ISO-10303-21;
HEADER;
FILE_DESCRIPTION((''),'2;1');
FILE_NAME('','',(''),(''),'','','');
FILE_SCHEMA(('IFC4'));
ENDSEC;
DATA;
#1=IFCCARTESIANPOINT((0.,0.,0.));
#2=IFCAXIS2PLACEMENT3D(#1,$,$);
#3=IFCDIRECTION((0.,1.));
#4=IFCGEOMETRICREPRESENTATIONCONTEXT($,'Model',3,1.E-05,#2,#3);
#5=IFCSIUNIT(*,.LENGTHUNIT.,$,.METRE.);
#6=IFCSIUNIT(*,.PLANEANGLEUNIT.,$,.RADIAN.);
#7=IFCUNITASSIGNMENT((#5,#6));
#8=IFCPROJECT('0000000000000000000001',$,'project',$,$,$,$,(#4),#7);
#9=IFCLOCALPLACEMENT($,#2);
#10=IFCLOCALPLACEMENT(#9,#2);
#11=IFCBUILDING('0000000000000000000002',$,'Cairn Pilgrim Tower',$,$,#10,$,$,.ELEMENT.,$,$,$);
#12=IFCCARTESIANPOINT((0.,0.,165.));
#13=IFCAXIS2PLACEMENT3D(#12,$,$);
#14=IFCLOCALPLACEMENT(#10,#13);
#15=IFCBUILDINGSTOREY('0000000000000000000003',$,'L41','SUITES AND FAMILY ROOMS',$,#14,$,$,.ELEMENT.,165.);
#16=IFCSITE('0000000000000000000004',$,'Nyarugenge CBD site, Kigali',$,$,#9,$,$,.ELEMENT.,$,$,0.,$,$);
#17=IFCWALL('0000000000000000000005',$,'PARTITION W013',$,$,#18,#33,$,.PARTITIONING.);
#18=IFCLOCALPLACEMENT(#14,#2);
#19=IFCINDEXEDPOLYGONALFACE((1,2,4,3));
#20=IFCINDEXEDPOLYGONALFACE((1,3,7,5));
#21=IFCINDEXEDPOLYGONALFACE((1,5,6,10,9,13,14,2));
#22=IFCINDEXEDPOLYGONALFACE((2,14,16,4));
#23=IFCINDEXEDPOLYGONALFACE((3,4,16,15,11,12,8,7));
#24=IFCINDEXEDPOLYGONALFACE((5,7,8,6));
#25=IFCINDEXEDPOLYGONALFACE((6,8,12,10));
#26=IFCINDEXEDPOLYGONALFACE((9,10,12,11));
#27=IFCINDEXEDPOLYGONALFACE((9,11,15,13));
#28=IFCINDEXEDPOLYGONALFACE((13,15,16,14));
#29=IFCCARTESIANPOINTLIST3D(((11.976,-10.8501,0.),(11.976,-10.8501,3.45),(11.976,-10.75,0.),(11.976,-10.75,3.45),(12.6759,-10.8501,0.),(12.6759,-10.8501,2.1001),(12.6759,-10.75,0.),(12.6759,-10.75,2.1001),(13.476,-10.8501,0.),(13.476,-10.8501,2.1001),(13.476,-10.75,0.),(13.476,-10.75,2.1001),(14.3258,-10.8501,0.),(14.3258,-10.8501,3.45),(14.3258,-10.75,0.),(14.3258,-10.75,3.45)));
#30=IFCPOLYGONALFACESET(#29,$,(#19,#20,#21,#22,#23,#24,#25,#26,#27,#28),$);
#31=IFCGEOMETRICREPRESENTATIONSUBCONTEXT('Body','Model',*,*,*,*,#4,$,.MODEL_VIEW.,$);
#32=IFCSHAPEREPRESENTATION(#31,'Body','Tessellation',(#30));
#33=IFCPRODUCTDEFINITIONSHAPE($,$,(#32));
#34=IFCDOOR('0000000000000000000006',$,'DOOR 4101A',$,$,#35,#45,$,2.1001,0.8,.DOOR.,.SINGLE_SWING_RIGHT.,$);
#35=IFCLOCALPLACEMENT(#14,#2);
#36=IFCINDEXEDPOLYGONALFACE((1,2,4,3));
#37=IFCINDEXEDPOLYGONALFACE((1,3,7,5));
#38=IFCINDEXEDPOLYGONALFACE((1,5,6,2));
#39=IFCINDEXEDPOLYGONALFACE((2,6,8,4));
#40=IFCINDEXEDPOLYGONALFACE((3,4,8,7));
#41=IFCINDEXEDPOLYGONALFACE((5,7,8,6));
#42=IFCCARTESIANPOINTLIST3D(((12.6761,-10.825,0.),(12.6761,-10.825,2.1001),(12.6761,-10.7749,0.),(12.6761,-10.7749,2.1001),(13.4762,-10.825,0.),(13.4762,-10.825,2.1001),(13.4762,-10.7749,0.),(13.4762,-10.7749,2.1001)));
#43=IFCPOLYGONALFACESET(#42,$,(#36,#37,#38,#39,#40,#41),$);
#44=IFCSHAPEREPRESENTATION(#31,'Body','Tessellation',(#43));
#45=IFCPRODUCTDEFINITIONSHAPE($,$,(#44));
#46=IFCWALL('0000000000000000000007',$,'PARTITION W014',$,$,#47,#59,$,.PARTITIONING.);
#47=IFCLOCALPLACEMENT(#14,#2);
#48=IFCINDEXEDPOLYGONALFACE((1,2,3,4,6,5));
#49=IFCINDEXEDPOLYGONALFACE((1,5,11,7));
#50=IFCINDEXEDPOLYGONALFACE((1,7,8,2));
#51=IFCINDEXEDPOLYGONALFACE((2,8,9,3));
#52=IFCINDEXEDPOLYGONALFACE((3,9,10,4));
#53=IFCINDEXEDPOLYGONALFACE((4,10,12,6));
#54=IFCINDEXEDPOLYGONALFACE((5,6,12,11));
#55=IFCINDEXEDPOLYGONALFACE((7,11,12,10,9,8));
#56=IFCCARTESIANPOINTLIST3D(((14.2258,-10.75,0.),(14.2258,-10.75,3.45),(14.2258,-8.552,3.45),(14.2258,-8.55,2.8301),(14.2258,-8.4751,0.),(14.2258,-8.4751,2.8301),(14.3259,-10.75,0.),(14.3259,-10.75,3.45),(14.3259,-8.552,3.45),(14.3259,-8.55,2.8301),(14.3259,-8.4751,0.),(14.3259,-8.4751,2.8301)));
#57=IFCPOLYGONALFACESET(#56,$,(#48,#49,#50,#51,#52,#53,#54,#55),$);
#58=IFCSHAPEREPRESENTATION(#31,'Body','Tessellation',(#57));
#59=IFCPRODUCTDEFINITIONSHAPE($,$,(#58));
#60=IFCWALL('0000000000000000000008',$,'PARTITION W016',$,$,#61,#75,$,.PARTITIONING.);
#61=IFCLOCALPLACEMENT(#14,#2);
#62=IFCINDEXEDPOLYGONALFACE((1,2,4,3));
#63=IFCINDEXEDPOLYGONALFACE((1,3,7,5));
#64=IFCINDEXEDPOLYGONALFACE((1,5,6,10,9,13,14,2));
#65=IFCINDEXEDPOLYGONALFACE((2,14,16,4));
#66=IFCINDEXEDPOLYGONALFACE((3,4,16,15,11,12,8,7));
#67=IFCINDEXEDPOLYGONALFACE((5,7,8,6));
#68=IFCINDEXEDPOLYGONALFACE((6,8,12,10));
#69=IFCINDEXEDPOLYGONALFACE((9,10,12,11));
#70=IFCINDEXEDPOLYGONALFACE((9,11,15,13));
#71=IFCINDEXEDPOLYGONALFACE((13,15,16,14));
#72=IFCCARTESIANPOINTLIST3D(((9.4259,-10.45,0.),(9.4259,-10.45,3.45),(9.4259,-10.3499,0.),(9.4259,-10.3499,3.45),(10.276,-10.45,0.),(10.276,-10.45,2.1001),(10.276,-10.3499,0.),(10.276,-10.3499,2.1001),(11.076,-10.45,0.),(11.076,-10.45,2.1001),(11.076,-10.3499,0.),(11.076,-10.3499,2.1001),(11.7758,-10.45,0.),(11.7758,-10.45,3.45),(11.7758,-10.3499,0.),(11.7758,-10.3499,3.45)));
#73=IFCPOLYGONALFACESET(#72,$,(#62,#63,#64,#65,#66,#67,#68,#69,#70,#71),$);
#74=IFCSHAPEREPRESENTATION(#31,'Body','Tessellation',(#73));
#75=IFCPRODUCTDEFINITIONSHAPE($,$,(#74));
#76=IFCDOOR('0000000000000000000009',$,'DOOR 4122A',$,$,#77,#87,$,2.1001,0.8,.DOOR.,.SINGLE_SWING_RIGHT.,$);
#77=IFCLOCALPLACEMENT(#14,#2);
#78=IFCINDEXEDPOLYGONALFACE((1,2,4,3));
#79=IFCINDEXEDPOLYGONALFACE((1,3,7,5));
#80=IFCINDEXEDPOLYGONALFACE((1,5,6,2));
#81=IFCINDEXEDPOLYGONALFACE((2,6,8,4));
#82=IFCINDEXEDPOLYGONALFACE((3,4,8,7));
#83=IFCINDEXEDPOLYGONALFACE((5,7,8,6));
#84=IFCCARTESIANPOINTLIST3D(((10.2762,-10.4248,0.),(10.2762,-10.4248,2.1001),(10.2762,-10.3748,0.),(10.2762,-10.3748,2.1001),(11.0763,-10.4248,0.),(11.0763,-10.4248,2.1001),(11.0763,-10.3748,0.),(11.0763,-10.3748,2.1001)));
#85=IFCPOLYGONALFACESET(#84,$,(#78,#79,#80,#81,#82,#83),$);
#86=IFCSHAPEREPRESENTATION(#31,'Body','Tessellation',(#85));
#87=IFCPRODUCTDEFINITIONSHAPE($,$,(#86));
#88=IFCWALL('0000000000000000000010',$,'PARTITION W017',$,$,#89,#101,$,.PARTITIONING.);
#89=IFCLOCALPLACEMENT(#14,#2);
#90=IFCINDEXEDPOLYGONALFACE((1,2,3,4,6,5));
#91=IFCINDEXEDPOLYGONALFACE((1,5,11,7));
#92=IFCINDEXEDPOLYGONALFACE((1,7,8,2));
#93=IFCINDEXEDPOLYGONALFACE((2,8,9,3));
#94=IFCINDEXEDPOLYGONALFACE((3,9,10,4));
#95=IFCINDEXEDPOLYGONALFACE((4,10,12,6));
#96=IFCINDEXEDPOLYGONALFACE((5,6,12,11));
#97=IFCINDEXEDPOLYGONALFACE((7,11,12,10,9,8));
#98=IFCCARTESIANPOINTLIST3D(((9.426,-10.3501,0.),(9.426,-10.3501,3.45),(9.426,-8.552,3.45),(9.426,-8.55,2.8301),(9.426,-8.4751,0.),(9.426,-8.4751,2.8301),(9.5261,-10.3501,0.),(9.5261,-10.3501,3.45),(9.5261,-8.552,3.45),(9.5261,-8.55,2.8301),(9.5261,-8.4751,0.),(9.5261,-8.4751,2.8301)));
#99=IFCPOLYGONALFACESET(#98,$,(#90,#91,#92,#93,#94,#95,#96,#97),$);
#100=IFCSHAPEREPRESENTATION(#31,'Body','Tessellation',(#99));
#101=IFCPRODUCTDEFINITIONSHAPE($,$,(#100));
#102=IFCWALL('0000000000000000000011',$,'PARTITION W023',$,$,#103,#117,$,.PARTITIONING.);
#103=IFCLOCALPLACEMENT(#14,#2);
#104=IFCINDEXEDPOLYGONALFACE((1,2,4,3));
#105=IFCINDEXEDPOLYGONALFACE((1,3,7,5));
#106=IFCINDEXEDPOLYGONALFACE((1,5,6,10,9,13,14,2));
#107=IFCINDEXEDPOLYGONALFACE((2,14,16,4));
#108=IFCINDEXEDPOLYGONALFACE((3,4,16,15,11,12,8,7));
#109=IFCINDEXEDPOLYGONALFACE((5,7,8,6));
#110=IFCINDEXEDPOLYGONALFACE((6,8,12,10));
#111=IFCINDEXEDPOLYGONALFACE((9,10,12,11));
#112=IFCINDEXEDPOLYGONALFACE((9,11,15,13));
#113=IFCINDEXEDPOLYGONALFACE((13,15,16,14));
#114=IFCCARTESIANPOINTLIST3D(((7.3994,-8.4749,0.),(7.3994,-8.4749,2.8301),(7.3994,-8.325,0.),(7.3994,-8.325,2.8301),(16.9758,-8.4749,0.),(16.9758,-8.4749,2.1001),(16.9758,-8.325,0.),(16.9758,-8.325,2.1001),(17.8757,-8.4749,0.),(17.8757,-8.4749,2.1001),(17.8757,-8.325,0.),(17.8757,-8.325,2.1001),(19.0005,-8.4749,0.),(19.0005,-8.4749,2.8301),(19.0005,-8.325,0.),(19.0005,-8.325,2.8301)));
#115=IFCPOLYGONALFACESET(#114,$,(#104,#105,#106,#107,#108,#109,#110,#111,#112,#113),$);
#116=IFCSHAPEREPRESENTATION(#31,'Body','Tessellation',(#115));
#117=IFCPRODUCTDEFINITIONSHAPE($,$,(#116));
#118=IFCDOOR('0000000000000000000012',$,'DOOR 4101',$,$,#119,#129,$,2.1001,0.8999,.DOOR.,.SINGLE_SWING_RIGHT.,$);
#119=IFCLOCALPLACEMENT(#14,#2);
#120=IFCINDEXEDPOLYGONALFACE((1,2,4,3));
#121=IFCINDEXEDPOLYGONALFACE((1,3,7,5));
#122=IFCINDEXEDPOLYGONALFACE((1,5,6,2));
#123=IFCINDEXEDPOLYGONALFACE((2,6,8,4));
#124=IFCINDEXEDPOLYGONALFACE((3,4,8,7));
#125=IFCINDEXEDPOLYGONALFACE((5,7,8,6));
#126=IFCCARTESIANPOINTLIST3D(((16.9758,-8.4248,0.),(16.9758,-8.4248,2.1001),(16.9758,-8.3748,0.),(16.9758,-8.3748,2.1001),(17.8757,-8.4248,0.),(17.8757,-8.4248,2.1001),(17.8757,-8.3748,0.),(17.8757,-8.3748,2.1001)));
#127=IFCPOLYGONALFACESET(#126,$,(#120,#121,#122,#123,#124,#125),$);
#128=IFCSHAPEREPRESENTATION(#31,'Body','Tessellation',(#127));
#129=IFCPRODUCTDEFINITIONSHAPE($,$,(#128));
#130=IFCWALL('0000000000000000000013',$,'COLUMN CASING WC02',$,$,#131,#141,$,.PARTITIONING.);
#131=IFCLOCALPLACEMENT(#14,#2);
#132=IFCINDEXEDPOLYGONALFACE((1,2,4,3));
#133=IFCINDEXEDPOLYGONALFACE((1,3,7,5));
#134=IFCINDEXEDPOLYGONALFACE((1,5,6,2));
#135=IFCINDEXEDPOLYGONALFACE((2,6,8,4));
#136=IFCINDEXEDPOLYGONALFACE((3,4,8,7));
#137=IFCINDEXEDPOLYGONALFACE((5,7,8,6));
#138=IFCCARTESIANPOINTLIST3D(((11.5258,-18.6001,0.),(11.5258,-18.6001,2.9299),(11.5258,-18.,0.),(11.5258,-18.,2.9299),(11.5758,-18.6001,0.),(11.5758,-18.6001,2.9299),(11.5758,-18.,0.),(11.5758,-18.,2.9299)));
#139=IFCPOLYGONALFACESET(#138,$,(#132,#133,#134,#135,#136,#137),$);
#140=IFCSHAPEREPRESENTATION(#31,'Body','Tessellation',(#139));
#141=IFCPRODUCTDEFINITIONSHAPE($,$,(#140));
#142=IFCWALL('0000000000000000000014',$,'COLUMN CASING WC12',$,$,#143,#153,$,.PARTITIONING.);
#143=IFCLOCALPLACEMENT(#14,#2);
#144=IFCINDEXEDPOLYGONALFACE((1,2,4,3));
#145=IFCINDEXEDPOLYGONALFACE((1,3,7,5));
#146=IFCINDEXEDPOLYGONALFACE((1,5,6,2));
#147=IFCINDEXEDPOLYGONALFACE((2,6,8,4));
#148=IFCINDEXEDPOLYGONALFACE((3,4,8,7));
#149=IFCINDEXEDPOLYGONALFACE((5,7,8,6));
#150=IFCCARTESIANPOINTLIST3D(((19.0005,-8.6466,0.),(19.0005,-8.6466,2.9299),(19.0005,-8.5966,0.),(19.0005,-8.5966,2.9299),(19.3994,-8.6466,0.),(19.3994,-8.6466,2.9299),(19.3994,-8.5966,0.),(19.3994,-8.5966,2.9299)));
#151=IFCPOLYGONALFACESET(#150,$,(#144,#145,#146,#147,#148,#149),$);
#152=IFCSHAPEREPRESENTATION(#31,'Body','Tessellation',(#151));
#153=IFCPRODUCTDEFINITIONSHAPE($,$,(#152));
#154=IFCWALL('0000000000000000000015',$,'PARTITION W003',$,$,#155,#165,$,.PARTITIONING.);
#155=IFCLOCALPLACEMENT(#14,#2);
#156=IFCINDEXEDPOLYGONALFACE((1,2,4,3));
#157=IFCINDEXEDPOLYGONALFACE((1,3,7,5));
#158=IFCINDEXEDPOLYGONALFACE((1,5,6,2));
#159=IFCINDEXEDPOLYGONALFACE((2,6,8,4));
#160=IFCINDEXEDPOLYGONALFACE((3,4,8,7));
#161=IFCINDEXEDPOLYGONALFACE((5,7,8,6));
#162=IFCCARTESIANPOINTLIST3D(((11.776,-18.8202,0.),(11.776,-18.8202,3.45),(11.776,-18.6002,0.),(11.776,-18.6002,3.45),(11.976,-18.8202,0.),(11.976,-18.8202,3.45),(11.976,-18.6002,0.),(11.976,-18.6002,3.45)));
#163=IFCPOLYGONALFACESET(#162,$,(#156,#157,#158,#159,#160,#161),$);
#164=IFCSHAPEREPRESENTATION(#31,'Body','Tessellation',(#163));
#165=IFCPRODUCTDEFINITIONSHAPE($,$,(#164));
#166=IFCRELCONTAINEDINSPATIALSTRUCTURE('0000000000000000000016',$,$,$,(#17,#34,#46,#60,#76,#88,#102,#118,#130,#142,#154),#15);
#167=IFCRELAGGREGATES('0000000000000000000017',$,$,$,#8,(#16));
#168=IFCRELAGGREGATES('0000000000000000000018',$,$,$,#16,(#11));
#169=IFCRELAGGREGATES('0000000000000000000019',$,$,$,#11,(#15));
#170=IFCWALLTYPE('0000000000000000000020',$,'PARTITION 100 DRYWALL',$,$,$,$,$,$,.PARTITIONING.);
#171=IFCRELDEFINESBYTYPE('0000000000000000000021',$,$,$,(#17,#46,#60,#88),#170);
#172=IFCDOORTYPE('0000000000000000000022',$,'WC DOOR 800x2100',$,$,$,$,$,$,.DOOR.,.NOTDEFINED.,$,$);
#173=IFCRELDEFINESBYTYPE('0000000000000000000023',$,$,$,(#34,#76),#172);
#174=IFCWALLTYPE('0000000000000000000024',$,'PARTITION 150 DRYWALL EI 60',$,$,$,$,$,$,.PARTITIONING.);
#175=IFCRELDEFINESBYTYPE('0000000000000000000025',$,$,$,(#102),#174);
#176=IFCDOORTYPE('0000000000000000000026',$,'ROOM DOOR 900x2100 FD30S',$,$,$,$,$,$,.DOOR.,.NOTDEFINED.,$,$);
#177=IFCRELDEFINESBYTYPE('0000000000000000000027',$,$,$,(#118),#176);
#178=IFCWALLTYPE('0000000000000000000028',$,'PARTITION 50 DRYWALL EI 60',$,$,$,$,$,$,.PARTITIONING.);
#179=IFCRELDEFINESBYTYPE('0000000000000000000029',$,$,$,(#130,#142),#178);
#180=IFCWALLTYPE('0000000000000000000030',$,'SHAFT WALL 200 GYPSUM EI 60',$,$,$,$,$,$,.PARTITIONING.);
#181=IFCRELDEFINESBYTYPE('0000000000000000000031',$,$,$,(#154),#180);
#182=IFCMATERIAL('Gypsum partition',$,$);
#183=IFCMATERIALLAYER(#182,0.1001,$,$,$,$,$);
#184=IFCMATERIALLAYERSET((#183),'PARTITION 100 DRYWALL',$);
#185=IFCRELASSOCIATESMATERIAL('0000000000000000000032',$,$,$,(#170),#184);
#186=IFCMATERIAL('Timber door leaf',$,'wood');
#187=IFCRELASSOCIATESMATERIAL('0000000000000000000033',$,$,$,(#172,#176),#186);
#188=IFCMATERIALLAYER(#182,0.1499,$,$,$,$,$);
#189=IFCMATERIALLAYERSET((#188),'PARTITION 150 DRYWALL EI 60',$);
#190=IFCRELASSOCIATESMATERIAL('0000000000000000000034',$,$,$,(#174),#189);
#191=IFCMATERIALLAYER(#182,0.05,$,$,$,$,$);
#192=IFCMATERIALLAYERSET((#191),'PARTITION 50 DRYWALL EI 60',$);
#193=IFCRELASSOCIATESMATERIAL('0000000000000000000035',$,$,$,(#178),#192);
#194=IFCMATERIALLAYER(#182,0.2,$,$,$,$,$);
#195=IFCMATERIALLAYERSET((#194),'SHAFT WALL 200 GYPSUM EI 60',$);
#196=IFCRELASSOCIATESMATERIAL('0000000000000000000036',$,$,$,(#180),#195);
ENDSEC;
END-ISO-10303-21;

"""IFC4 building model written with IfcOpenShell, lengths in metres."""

from ifc_helpers import new_model, si_unit, direction, frame, frame_2d, origin, place, context, subcontext, project, spatial, polyline, rectangle, outline, extrude, material, layer, layer_set, type_object, element, fill, save


model = new_model("IFC4")

# Units and contexts
model_context = context("Model", 3, precision=1e-05, world=origin(), true_north=direction((0.0, 1.0)))
body_context = subcontext(model_context, "Body", "Model", "MODEL_VIEW")
ifc_project = project(units=[si_unit("LENGTHUNIT", "METRE"), si_unit("PLANEANGLEUNIT", "RADIAN")], contexts=[model_context])

# Site, building, storey
site_placement = place(None, origin())
site = spatial("IfcSite", under=ifc_project, at=site_placement, Name="Nyarugenge CBD site, Kigali", CompositionType="ELEMENT", RefElevation=0.0)
building_placement = place(site_placement, origin())
building = spatial("IfcBuilding", under=site, at=building_placement, Name="Cairn Pilgrim Tower", CompositionType="ELEMENT")
storey_placement = place(building_placement, frame((0.0, 0.0, 165.0)))
storey = spatial("IfcBuildingStorey", under=building, at=storey_placement, Name="L41", Description="SUITES AND FAMILY ROOMS", CompositionType="ELEMENT", Elevation=165.0)

# Wall, opening, door
ifc_material_1 = material(Name="Gypsum partition")
ifc_layer_1 = layer(ifc_material_1, 0.1001)
ifc_layer_set_1 = layer_set([ifc_layer_1], Name="PARTITION 100 DRYWALL")
wall_type_1 = type_object("IfcWallType", Name="PARTITION 100 DRYWALL", PredefinedType="PARTITIONING", material=ifc_layer_set_1)
wall_1_placement = place(storey_placement, frame((11.9761, -10.8, 0.0), z_axis=(0.0, 0.0, 1.0), x_axis=(1.0, 0.0, 0.0)))
wall_1 = element("IfcWall", 1, at=wall_1_placement, inside=storey, type_object=wall_type_1, Name="PARTITION W013", PredefinedType="PARTITIONING", context=body_context, shape_type="SweptSolid", body=[
    extrude(rectangle(XDim=2.3499, YDim=0.1001, at=frame_2d((1.1748, 0.0))), origin(), (0.0, 0.0, 1.0), 3.45),
])
opening_1_placement = place(wall_1_placement, frame((0.7, 0.0, 0.0)))
opening_1 = element("IfcOpeningElement", 2, at=opening_1_placement, cuts=wall_1, PredefinedType="OPENING", context=body_context, shape_type="SweptSolid", body=[
    extrude(rectangle(XDim=0.8, YDim=2.1001, at=frame_2d((0.3999, 1.05))), frame((0.0, 0.0601, 0.0), z_axis=(0.0, -1.0, 0.0), x_axis=(1.0, 0.0, 0.0)), (0.0, 0.0, 1.0), 0.1201),
])
ifc_material_2 = material(Name="Timber door leaf", Category="wood")
door_type_1 = type_object("IfcDoorType", Name="WC DOOR 800x2100", OperationType="NOTDEFINED", PredefinedType="DOOR", material=ifc_material_2)
door_1_placement = place(opening_1_placement, frame((0.8, 0.0, 0.0), z_axis=(0.0, 0.0, 1.0), x_axis=(-1.0, 0.0, 0.0)))
door_1 = element("IfcDoor", 3, at=door_1_placement, inside=storey, type_object=door_type_1, Name="DOOR 4101A", OperationType="SINGLE_SWING_RIGHT", OverallHeight=2.1001, OverallWidth=0.8, PredefinedType="DOOR", context=body_context, shape_type="SweptSolid", body=[
    extrude(rectangle(XDim=0.8, YDim=2.1001, at=frame_2d((0.3999, 1.05))), frame((0.0, 0.0249, 0.0), z_axis=(0.0, -1.0, 0.0), x_axis=(1.0, 0.0, 0.0)), (0.0, 0.0, 1.0), 0.05),
])
fill(opening_1, door_1)

# Wall
wall_2_placement = place(storey_placement, frame((14.2759, -10.75, 0.0), z_axis=(0.0, 0.0, 1.0), x_axis=(0.0, 1.0, 0.0)))
element("IfcWall", 4, at=wall_2_placement, inside=storey, type_object=wall_type_1, Name="PARTITION W014", PredefinedType="PARTITIONING", context=body_context, shape_type="SweptSolid", body=[
    extrude(outline(polyline([(0.0, 0.0), (2.2749, 0.0), (2.2749, 2.8301), (2.2, 2.8301), (2.198, 3.45), (0.0, 3.45), (0.0, 0.0)])), frame((0.0, 0.05, 0.0), z_axis=(0.0, -1.0, 0.0), x_axis=(1.0, 0.0, 0.0)), (0.0, 0.0, 1.0), 0.1001),
])

# Wall, opening, door
wall_3_placement = place(storey_placement, frame((9.426, -10.3999, 0.0), z_axis=(0.0, 0.0, 1.0), x_axis=(1.0, 0.0, 0.0)))
wall_3 = element("IfcWall", 5, at=wall_3_placement, inside=storey, type_object=wall_type_1, Name="PARTITION W016", PredefinedType="PARTITIONING", context=body_context, shape_type="SweptSolid", body=[
    extrude(rectangle(XDim=2.3499, YDim=0.1001, at=frame_2d((1.1748, 0.0))), origin(), (0.0, 0.0, 1.0), 3.45),
])
opening_2_placement = place(wall_3_placement, frame((0.8501, 0.0, 0.0)))
opening_2 = element("IfcOpeningElement", 6, at=opening_2_placement, cuts=wall_3, PredefinedType="OPENING", context=body_context, shape_type="SweptSolid", body=[
    extrude(rectangle(XDim=0.8, YDim=2.1001, at=frame_2d((0.3999, 1.05))), frame((0.0, 0.0601, 0.0), z_axis=(0.0, -1.0, 0.0), x_axis=(1.0, 0.0, 0.0)), (0.0, 0.0, 1.0), 0.1201),
])
door_2_placement = place(opening_2_placement, frame((0.8, 0.0, 0.0), z_axis=(0.0, 0.0, 1.0), x_axis=(-1.0, 0.0, 0.0)))
door_2 = element("IfcDoor", 7, at=door_2_placement, inside=storey, type_object=door_type_1, Name="DOOR 4122A", OperationType="SINGLE_SWING_RIGHT", OverallHeight=2.1001, OverallWidth=0.8, PredefinedType="DOOR", context=body_context, shape_type="SweptSolid", body=[
    extrude(rectangle(XDim=0.8, YDim=2.1001, at=frame_2d((0.3999, 1.05))), frame((0.0, 0.0249, 0.0), z_axis=(0.0, -1.0, 0.0), x_axis=(1.0, 0.0, 0.0)), (0.0, 0.0, 1.0), 0.05),
])
fill(opening_2, door_2)

# Wall
wall_4_placement = place(storey_placement, frame((9.4761, -10.3501, 0.0), z_axis=(0.0, 0.0, 1.0), x_axis=(0.0, 1.0, 0.0)))
element("IfcWall", 8, at=wall_4_placement, inside=storey, type_object=wall_type_1, Name="PARTITION W017", PredefinedType="PARTITIONING", context=body_context, shape_type="SweptSolid", body=[
    extrude(outline(polyline([(0.0, 0.0), (1.875, 0.0), (1.875, 2.8301), (1.8, 2.8301), (1.7981, 3.45), (0.0, 3.45), (0.0, 0.0)])), frame((0.0, 0.05, 0.0), z_axis=(0.0, -1.0, 0.0), x_axis=(1.0, 0.0, 0.0)), (0.0, 0.0, 1.0), 0.1001),
])

# Wall, opening, door
ifc_layer_2 = layer(ifc_material_1, 0.1499)
ifc_layer_set_2 = layer_set([ifc_layer_2], Name="PARTITION 150 DRYWALL EI 60")
wall_type_2 = type_object("IfcWallType", Name="PARTITION 150 DRYWALL EI 60", PredefinedType="PARTITIONING", material=ifc_layer_set_2)
wall_5_placement = place(storey_placement, frame((7.3994, -8.3999, 0.0), z_axis=(0.0, 0.0, 1.0), x_axis=(1.0, 0.0, 0.0)))
wall_5 = element("IfcWall", 9, at=wall_5_placement, inside=storey, type_object=wall_type_2, Name="PARTITION W023", PredefinedType="PARTITIONING", context=body_context, shape_type="SweptSolid", body=[
    extrude(rectangle(XDim=11.6011, YDim=0.1499, at=frame_2d((5.8005, 0.0))), origin(), (0.0, 0.0, 1.0), 2.8301),
])
opening_3_placement = place(wall_5_placement, frame((9.5764, 0.0, 0.0)))
opening_3 = element("IfcOpeningElement", 10, at=opening_3_placement, cuts=wall_5, PredefinedType="OPENING", context=body_context, shape_type="SweptSolid", body=[
    extrude(rectangle(XDim=0.8999, YDim=2.1001, at=frame_2d((0.45, 1.05))), frame((0.0, 0.085, 0.0), z_axis=(0.0, -1.0, 0.0), x_axis=(1.0, 0.0, 0.0)), (0.0, 0.0, 1.0), 0.1699),
])
door_type_2 = type_object("IfcDoorType", Name="ROOM DOOR 900x2100 FD30S", OperationType="NOTDEFINED", PredefinedType="DOOR", material=ifc_material_2)
door_3_placement = place(opening_3_placement, frame((0.8999, 0.0, 0.0), z_axis=(0.0, 0.0, 1.0), x_axis=(-1.0, 0.0, 0.0)))
door_3 = element("IfcDoor", 11, at=door_3_placement, inside=storey, type_object=door_type_2, Name="DOOR 4101", OperationType="SINGLE_SWING_RIGHT", OverallHeight=2.1001, OverallWidth=0.8999, PredefinedType="DOOR", context=body_context, shape_type="SweptSolid", body=[
    extrude(rectangle(XDim=0.8999, YDim=2.1001, at=frame_2d((0.45, 1.05))), frame((0.0, 0.0249, 0.0), z_axis=(0.0, -1.0, 0.0), x_axis=(1.0, 0.0, 0.0)), (0.0, 0.0, 1.0), 0.05),
])
fill(opening_3, door_3)

# Walls
ifc_layer_3 = layer(ifc_material_1, 0.05)
ifc_layer_set_3 = layer_set([ifc_layer_3], Name="PARTITION 50 DRYWALL EI 60")
wall_type_3 = type_object("IfcWallType", Name="PARTITION 50 DRYWALL EI 60", PredefinedType="PARTITIONING", material=ifc_layer_set_3)
wall_6_placement = place(storey_placement, frame((11.5508, -18.6001, 0.0), z_axis=(0.0, 0.0, 1.0), x_axis=(0.0, 1.0, 0.0)))
element("IfcWall", 12, at=wall_6_placement, inside=storey, type_object=wall_type_3, Name="COLUMN CASING WC02", PredefinedType="PARTITIONING", context=body_context, shape_type="SweptSolid", body=[
    extrude(rectangle(XDim=0.6001, YDim=0.05, at=frame_2d((0.3, 0.0))), origin(), (0.0, 0.0, 1.0), 2.9299),
])
wall_7_placement = place(storey_placement, frame((19.0005, -8.6216, 0.0), z_axis=(0.0, 0.0, 1.0), x_axis=(1.0, 0.0, 0.0)))
element("IfcWall", 13, at=wall_7_placement, inside=storey, type_object=wall_type_3, Name="COLUMN CASING WC12", PredefinedType="PARTITIONING", context=body_context, shape_type="SweptSolid", body=[
    extrude(rectangle(XDim=0.3989, YDim=0.05, at=frame_2d((0.1995, 0.0))), origin(), (0.0, 0.0, 1.0), 2.9299),
])
ifc_layer_4 = layer(ifc_material_1, 0.2)
ifc_layer_set_4 = layer_set([ifc_layer_4], Name="SHAFT WALL 200 GYPSUM EI 60")
wall_type_4 = type_object("IfcWallType", Name="SHAFT WALL 200 GYPSUM EI 60", PredefinedType="PARTITIONING", material=ifc_layer_set_4)
wall_8_placement = place(storey_placement, frame((11.876, -18.8201, 0.0), z_axis=(0.0, 0.0, 1.0), x_axis=(0.0, 1.0, 0.0)))
element("IfcWall", 14, at=wall_8_placement, inside=storey, type_object=wall_type_4, Name="PARTITION W003", PredefinedType="PARTITIONING", context=body_context, shape_type="SweptSolid", body=[
    extrude(rectangle(XDim=0.22, YDim=0.2, at=frame_2d((0.1099, 0.0))), origin(), (0.0, 0.0, 1.0), 3.45),
])

save(model, "model.ifc")
